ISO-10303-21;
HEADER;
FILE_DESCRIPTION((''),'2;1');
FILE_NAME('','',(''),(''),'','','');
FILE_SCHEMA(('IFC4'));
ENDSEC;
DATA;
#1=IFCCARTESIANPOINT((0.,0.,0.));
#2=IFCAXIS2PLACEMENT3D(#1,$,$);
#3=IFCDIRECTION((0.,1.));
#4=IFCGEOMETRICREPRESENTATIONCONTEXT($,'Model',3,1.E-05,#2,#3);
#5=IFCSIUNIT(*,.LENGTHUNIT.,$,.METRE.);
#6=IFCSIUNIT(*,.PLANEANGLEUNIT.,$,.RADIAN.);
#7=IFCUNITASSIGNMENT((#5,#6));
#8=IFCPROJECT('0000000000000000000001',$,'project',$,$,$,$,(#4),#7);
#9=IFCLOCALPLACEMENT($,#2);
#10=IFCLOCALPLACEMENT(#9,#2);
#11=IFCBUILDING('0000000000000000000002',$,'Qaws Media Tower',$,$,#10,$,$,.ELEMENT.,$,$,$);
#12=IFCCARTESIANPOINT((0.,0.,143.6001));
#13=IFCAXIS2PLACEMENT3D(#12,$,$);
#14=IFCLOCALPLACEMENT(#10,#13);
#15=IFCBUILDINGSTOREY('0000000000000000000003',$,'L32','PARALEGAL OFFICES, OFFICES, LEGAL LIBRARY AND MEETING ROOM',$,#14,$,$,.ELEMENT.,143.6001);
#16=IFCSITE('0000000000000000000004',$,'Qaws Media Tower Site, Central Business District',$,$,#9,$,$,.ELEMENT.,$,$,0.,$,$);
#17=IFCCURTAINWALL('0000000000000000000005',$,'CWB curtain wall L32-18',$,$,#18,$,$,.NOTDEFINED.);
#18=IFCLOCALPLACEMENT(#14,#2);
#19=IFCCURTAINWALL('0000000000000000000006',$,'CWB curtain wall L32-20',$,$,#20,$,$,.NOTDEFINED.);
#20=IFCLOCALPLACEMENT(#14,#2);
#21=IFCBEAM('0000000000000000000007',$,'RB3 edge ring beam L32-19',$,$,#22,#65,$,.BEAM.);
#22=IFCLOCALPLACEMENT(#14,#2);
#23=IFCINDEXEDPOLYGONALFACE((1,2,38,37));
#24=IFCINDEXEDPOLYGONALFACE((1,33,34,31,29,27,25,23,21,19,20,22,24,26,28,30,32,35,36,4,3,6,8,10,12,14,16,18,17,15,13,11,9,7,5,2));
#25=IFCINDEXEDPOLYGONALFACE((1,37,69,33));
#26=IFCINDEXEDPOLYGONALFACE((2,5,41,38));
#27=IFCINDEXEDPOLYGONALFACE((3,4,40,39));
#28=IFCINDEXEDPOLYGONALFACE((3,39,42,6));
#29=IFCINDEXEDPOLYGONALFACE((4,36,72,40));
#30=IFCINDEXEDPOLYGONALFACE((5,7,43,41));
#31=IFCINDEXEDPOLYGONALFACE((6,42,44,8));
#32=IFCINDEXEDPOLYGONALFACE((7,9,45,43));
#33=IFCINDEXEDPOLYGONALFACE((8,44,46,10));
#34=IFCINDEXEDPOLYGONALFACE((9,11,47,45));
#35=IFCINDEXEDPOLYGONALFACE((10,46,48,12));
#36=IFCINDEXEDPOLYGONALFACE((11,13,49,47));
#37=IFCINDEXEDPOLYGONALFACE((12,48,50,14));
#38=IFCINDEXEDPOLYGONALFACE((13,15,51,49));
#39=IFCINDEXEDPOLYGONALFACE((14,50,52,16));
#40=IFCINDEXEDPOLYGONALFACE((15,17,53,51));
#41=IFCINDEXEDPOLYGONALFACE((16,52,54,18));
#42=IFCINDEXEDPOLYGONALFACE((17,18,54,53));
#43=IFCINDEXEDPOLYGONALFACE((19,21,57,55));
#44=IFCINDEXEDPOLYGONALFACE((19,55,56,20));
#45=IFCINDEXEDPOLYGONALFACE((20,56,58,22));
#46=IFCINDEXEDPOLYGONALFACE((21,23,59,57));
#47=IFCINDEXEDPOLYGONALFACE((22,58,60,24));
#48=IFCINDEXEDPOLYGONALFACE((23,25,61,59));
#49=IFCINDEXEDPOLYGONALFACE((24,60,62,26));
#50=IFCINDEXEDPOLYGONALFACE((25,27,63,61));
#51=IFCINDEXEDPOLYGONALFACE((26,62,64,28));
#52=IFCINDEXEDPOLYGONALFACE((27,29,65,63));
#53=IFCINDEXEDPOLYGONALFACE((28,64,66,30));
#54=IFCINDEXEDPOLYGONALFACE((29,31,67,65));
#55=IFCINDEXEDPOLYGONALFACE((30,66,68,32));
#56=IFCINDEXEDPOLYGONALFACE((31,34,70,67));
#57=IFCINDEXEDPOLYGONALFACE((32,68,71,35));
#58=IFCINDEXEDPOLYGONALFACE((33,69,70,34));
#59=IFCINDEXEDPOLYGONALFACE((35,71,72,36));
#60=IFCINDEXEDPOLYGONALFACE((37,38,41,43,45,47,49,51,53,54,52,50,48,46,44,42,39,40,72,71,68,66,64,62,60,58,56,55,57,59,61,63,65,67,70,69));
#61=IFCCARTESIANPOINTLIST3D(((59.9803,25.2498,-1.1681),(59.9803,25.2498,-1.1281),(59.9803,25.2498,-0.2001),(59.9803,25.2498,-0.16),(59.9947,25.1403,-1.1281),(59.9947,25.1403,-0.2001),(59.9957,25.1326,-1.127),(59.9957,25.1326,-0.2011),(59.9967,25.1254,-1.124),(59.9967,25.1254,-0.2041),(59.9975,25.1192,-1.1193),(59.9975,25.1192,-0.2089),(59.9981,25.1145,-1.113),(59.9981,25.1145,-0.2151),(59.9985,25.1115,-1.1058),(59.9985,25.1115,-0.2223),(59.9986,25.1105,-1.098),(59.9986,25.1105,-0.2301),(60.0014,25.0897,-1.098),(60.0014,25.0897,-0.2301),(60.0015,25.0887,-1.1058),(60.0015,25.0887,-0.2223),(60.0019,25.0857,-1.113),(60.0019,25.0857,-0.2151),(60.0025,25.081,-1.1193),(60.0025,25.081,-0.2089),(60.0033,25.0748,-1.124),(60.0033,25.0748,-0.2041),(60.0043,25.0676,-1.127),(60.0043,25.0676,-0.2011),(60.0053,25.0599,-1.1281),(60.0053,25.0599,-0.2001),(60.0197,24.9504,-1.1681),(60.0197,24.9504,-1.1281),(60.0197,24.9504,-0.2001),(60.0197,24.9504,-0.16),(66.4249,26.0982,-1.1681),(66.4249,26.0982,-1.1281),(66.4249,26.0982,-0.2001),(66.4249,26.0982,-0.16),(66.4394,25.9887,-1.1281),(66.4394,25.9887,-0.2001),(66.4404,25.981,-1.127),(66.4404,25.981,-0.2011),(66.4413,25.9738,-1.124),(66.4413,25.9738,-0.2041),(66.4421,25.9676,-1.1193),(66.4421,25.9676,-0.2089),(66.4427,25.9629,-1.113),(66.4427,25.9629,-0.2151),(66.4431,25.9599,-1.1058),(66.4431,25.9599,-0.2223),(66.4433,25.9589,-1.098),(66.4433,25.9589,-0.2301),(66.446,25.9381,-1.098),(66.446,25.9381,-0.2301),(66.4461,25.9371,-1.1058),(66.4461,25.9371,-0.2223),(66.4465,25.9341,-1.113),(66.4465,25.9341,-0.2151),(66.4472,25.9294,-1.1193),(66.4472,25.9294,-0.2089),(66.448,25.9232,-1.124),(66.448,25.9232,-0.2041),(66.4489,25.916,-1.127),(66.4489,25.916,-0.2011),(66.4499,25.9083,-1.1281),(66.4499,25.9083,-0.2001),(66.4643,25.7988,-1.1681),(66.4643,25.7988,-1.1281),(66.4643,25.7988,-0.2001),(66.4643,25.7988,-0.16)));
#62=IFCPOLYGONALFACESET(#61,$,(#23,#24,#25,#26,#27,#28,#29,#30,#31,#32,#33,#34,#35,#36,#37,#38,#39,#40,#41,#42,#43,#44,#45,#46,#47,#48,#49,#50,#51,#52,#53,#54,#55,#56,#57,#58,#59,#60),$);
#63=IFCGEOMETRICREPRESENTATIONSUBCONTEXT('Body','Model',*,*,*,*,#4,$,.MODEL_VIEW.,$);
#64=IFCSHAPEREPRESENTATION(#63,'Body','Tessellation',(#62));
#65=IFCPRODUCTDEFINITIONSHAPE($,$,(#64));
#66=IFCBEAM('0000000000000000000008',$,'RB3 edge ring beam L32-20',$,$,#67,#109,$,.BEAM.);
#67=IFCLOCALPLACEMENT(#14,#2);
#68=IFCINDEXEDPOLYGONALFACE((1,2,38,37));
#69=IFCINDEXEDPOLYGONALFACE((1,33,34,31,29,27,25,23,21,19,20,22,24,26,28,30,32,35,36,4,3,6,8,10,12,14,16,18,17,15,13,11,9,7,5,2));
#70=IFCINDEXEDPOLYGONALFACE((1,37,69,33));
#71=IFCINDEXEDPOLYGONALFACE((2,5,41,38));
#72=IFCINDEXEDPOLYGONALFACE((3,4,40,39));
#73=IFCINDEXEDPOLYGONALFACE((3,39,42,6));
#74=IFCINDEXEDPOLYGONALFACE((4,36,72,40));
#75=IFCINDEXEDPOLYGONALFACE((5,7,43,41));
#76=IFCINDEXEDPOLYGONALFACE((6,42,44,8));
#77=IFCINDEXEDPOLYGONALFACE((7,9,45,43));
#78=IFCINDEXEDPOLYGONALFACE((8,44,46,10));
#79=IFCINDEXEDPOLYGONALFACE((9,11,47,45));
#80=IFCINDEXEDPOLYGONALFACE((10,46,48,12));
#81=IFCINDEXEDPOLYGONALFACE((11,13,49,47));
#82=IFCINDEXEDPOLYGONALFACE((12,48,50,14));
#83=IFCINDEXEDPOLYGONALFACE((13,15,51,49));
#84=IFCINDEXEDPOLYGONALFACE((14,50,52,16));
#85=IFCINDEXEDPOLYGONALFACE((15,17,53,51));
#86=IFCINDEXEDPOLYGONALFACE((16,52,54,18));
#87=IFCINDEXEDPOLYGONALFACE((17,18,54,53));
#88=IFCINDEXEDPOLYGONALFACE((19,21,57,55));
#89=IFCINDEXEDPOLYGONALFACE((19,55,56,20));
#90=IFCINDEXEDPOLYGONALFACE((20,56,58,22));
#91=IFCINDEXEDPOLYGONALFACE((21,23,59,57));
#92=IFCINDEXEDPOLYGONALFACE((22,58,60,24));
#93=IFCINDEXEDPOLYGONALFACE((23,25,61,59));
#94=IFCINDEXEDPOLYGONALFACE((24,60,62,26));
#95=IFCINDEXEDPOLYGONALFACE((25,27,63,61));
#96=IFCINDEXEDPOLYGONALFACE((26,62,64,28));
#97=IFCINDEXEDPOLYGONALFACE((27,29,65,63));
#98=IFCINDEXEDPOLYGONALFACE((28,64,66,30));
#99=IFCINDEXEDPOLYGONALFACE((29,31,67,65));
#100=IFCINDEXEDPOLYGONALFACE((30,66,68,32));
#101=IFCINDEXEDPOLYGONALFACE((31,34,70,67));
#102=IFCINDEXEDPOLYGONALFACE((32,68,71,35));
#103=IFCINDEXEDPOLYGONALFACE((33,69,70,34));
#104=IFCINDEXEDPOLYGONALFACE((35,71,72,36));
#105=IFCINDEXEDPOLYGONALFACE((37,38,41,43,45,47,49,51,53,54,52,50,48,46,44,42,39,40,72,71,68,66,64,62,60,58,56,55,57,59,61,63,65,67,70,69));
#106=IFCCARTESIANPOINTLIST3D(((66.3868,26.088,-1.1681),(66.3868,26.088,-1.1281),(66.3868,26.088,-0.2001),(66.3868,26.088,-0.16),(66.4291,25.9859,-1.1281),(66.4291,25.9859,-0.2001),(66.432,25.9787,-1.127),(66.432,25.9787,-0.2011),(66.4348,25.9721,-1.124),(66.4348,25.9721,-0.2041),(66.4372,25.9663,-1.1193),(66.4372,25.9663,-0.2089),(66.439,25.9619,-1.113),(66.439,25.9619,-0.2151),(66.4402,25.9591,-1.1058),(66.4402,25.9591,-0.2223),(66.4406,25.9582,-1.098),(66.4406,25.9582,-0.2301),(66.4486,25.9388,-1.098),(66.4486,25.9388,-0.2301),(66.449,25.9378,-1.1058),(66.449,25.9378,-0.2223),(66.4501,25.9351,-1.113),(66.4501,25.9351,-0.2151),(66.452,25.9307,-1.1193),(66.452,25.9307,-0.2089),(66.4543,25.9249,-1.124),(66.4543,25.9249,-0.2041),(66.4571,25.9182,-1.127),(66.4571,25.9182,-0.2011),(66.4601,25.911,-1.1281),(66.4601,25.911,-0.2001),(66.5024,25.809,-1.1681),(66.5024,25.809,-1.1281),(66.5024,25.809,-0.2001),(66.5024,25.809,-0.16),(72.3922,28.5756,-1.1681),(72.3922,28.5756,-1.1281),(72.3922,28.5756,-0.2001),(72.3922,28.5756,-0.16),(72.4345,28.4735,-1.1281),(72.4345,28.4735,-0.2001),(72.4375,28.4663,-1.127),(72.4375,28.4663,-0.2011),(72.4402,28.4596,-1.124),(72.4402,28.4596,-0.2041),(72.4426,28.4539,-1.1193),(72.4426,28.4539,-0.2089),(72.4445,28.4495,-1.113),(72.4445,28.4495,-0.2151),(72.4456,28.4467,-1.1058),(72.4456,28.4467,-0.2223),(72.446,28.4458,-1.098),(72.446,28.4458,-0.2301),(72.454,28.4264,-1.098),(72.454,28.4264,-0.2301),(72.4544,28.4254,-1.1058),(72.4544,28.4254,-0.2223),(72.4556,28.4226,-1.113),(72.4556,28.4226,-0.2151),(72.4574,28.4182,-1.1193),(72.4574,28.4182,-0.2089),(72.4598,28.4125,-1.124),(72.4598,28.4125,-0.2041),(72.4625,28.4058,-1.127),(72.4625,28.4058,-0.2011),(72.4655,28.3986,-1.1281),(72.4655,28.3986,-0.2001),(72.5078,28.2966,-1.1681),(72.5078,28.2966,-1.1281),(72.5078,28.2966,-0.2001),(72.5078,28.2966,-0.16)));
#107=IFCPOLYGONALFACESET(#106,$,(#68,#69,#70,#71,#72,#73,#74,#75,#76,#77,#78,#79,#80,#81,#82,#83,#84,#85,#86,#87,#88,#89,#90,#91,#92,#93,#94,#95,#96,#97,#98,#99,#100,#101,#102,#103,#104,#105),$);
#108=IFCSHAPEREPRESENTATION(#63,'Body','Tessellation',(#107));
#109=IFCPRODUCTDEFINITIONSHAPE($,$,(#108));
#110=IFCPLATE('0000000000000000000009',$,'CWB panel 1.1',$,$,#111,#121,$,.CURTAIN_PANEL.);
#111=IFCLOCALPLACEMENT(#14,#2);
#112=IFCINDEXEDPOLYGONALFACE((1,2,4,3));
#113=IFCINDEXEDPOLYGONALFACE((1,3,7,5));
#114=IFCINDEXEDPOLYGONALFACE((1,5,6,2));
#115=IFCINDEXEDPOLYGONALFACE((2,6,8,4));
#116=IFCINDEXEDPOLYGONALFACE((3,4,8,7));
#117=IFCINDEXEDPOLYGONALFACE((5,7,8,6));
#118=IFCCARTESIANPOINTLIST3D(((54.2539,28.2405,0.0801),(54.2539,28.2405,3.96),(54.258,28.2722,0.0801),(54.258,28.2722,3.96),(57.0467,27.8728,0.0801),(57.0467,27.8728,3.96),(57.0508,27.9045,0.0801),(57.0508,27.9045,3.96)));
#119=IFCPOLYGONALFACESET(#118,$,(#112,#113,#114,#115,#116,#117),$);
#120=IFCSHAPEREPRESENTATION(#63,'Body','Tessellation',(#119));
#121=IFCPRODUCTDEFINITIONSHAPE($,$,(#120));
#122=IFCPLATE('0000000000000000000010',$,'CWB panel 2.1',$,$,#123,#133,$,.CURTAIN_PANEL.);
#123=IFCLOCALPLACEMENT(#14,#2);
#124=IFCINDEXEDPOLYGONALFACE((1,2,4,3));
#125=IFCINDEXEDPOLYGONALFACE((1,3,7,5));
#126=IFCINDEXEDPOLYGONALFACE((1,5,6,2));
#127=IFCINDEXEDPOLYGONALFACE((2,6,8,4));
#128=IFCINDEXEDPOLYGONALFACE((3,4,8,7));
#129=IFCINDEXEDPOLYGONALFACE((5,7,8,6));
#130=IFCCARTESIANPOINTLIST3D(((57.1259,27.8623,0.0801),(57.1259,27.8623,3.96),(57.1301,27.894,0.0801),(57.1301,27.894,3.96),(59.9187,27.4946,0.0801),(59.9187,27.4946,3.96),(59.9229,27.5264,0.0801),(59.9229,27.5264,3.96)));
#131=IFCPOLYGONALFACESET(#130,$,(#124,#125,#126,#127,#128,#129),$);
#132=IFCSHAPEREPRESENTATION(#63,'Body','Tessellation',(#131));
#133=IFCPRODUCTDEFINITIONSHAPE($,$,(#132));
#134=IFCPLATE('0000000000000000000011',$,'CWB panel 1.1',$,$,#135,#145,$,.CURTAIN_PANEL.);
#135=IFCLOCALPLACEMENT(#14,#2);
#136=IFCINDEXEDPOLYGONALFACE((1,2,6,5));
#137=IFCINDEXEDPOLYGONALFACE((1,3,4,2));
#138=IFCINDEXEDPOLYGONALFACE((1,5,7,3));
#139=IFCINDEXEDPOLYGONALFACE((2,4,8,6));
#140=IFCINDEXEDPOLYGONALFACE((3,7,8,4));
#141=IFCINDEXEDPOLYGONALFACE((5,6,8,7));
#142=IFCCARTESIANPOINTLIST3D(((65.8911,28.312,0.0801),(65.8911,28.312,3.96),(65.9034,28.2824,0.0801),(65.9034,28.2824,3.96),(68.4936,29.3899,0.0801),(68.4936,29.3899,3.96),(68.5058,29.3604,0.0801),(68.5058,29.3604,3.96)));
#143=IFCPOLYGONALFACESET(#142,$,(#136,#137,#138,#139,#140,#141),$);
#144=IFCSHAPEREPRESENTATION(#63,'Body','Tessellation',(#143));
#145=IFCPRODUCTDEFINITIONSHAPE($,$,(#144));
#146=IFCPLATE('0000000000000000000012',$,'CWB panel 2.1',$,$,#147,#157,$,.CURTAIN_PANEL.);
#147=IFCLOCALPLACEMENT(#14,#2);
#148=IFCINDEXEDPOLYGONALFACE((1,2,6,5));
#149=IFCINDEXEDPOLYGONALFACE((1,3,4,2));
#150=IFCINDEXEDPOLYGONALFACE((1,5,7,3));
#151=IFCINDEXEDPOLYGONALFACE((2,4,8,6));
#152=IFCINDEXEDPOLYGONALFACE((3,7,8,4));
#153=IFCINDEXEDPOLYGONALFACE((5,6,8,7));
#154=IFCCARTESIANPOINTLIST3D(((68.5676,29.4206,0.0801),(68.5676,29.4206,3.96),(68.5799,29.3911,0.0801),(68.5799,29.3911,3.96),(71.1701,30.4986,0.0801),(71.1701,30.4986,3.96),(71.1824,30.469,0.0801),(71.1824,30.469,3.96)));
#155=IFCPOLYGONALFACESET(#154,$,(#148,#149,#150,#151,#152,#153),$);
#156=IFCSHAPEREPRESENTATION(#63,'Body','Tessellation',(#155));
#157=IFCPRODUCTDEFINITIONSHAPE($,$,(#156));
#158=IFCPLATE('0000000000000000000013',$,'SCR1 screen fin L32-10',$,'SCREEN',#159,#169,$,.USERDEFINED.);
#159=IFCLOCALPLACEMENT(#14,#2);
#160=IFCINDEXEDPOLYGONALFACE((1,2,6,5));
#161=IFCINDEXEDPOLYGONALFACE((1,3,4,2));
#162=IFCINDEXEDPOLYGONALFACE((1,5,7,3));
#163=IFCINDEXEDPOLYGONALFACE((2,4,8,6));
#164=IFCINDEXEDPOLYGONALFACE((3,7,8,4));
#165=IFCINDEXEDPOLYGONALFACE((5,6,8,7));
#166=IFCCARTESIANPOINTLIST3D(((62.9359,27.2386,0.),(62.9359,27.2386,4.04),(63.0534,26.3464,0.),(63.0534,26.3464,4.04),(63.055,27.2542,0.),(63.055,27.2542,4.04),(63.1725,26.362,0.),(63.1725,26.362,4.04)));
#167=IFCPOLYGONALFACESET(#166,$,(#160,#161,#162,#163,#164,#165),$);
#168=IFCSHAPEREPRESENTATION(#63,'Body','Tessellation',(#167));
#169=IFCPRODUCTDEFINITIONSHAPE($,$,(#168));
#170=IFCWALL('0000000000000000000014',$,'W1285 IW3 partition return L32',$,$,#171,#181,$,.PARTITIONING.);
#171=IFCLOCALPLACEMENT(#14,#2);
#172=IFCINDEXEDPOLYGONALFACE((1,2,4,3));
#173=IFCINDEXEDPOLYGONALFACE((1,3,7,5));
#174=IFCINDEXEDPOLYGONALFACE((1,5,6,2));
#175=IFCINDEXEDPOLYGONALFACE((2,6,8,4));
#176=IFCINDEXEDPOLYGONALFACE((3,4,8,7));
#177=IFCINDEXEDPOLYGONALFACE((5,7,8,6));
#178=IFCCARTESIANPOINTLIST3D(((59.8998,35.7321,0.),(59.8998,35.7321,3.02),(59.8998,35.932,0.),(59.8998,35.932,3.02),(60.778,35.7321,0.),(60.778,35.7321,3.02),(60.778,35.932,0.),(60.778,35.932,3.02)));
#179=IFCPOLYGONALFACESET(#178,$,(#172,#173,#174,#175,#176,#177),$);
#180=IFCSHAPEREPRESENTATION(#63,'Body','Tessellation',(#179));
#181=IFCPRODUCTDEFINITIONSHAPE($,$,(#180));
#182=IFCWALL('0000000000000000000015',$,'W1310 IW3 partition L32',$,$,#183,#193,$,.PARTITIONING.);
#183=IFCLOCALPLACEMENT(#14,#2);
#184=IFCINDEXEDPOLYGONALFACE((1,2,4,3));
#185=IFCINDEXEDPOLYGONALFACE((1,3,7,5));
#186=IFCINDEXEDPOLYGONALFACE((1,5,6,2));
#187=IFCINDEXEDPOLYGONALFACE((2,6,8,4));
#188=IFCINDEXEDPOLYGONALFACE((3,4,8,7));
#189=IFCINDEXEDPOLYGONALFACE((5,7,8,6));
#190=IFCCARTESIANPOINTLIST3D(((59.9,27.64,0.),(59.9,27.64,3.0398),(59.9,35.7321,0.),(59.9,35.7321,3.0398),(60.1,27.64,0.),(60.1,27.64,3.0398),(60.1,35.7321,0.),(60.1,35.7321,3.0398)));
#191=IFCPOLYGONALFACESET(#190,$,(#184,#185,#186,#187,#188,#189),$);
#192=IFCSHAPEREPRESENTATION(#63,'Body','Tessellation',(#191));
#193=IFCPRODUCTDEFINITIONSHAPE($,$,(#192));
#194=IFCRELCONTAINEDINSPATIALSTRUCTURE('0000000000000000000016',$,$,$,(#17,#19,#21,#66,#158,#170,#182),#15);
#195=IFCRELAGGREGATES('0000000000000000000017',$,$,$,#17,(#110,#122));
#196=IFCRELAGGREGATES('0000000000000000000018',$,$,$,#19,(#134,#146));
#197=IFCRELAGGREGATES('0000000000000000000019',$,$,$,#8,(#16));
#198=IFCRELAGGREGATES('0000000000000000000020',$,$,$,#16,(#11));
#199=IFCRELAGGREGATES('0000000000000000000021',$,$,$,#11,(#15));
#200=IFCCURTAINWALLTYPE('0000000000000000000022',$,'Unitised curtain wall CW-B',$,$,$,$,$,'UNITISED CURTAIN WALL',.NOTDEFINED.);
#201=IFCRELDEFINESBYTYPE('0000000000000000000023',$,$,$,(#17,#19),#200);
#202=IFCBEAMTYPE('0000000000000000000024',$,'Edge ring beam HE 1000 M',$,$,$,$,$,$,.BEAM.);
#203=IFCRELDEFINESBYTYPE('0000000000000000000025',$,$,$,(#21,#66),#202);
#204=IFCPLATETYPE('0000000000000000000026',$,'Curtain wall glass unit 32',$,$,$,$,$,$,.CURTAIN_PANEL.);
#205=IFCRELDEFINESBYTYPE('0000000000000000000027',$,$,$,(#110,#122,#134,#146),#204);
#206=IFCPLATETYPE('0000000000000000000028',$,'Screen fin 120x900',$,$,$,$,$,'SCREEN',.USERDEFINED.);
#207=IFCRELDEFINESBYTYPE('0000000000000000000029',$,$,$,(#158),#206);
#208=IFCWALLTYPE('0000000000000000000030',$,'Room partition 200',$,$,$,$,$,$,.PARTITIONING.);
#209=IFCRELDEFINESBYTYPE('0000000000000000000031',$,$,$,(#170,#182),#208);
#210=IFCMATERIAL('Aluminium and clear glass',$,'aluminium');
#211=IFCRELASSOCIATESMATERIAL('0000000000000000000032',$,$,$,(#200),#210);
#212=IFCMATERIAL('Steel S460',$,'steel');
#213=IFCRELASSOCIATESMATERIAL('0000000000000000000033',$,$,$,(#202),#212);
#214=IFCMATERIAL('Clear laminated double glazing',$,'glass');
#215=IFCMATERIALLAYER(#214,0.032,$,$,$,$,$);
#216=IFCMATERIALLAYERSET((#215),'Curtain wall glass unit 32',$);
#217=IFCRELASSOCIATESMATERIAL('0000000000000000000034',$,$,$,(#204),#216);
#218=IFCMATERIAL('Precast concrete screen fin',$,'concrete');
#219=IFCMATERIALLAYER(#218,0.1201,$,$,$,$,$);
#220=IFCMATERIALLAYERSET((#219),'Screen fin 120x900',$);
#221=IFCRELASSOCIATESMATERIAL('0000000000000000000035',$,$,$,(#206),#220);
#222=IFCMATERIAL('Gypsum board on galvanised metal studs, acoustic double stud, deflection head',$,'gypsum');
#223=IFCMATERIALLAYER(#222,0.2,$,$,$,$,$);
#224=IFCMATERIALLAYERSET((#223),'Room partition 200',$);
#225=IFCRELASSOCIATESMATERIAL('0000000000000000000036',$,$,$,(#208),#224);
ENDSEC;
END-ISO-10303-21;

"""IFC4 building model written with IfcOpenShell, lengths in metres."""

from ifc_helpers import new_model, si_unit, direction, frame, frame_2d, origin, origin_2d, place, context, subcontext, project, spatial, rectangle, i_section, extrude, material, layer, layer_set, material_profile, profile_set, type_object, element, aggregate, save


model = new_model("IFC4")

# Units and contexts
model_context = context("Model", 3, precision=1e-05, world=origin(), true_north=direction((0.0, 1.0)))
body_context = subcontext(model_context, "Body", "Model", "MODEL_VIEW")
ifc_project = project(units=[si_unit("LENGTHUNIT", "METRE"), si_unit("PLANEANGLEUNIT", "RADIAN")], contexts=[model_context])

# Site, building, storey
site_placement = place(None, origin())
site = spatial("IfcSite", under=ifc_project, at=site_placement, Name="Qaws Media Tower Site, Central Business District", CompositionType="ELEMENT", RefElevation=0.0)
building_placement = place(site_placement, origin())
building = spatial("IfcBuilding", under=site, at=building_placement, Name="Qaws Media Tower", CompositionType="ELEMENT")
storey_placement = place(building_placement, frame((0.0, 0.0, 143.6001)))
storey = spatial("IfcBuildingStorey", under=building, at=storey_placement, Name="L32", Description="PARALEGAL OFFICES, OFFICES, LEGAL LIBRARY AND MEETING ROOM", CompositionType="ELEMENT", Elevation=143.6001)

# Curtain walls
ifc_material_1 = material(Name="Aluminium and clear glass", Category="aluminium")
curtain_wall_type = type_object("IfcCurtainWallType", Name="Unitised curtain wall CW-B", ElementType="UNITISED CURTAIN WALL", PredefinedType="NOTDEFINED", material=ifc_material_1)
curtain_wall_1_placement = place(storey_placement, origin())
curtain_wall_1 = element("IfcCurtainWall", 1, at=curtain_wall_1_placement, inside=storey, type_object=curtain_wall_type, Name="CWB curtain wall L32-18", PredefinedType="NOTDEFINED")
curtain_wall_2_placement = place(storey_placement, origin())
curtain_wall_2 = element("IfcCurtainWall", 2, at=curtain_wall_2_placement, inside=storey, type_object=curtain_wall_type, Name="CWB curtain wall L32-20", PredefinedType="NOTDEFINED")

# Beams
ifc_material_2 = material(Name="Steel S460", Category="steel")
ifc_material_profile_1 = material_profile(ifc_material_2, i_section(OverallWidth=0.302, OverallDepth=1.0081, WebThickness=0.021, FlangeThickness=0.04, FilletRadius=0.03, at=origin_2d()), Name="HE 1000 M")
ifc_profile_set_1 = profile_set([ifc_material_profile_1], Name="Steel S460")
beam_type = type_object("IfcBeamType", Name="Edge ring beam HE 1000 M", PredefinedType="BEAM", material=ifc_profile_set_1)
for number, where, z_axis, x_axis, name in (
    (3, (60.0, 25.1001, -0.6641), (0.991446, 0.130518, 0.0), (-0.130518, 0.991446, 0.0), "RB3 edge ring beam L32-19"),
    (4, (66.4446, 25.9485, -0.6641), (0.923877, 0.382689, 0.0), (-0.382689, 0.923877, 0.0), "RB3 edge ring beam L32-20"),
):
    element("IfcBeam", number, at=place(storey_placement, frame(where, z_axis=z_axis, x_axis=x_axis)), inside=storey, type_object=beam_type, Name=name, PredefinedType="BEAM", context=body_context, shape_type="SweptSolid", body=[
        extrude(i_section(OverallWidth=0.302, OverallDepth=1.0081, WebThickness=0.021, FlangeThickness=0.04, FilletRadius=0.03, at=origin_2d()), origin(), (0.0, 0.0, 1.0), 6.5002),
    ])

# Plates
ifc_material_3 = material(Name="Clear laminated double glazing", Category="glass")
ifc_layer_1 = layer(ifc_material_3, 0.032)
ifc_layer_set_1 = layer_set([ifc_layer_1], Name="Curtain wall glass unit 32")
plate_type_1 = type_object("IfcPlateType", Name="Curtain wall glass unit 32", PredefinedType="CURTAIN_PANEL", material=ifc_layer_set_1)
plate_1_placement = place(storey_placement, frame((55.6523, 28.0725, 0.0801), z_axis=(0.0, 0.0, 1.0), x_axis=(0.991445, -0.130526, 0.0)))
plate_1 = element("IfcPlate", 5, at=plate_1_placement, type_object=plate_type_1, Name="CWB panel 1.1", PredefinedType="CURTAIN_PANEL", context=body_context, shape_type="SweptSolid", body=[
    extrude(rectangle(XDim=2.8169, YDim=0.032, at=origin_2d()), origin(), (0.0, 0.0, 1.0), 3.8799),
])
plate_2_placement = place(storey_placement, frame((58.5244, 27.6943, 0.0801), z_axis=(0.0, 0.0, 1.0), x_axis=(0.991445, -0.130526, 0.0)))
plate_2 = element("IfcPlate", 6, at=plate_2_placement, type_object=plate_type_1, Name="CWB panel 2.1", PredefinedType="CURTAIN_PANEL", context=body_context, shape_type="SweptSolid", body=[
    extrude(rectangle(XDim=2.8169, YDim=0.032, at=origin_2d()), origin(), (0.0, 0.0, 1.0), 3.8799),
])
aggregate(curtain_wall_1, [plate_1, plate_2])
plate_3_placement = place(storey_placement, frame((67.1985, 28.8362, 0.0801), z_axis=(0.0, 0.0, 1.0), x_axis=(0.92388, 0.382683, 0.0)))
plate_3 = element("IfcPlate", 7, at=plate_3_placement, type_object=plate_type_1, Name="CWB panel 1.1", PredefinedType="CURTAIN_PANEL", context=body_context, shape_type="SweptSolid", body=[
    extrude(rectangle(XDim=2.8169, YDim=0.032, at=origin_2d()), origin(), (0.0, 0.0, 1.0), 3.8799),
])
plate_4_placement = place(storey_placement, frame((69.875, 29.9448, 0.0801), z_axis=(0.0, 0.0, 1.0), x_axis=(0.92388, 0.382683, 0.0)))
plate_4 = element("IfcPlate", 8, at=plate_4_placement, type_object=plate_type_1, Name="CWB panel 2.1", PredefinedType="CURTAIN_PANEL", context=body_context, shape_type="SweptSolid", body=[
    extrude(rectangle(XDim=2.8169, YDim=0.032, at=origin_2d()), origin(), (0.0, 0.0, 1.0), 3.8799),
])
aggregate(curtain_wall_2, [plate_3, plate_4])
ifc_material_4 = material(Name="Precast concrete screen fin", Category="concrete")
ifc_layer_2 = layer(ifc_material_4, 0.1201)
ifc_layer_set_2 = layer_set([ifc_layer_2], Name="Screen fin 120x900")
plate_type_2 = type_object("IfcPlateType", Name="Screen fin 120x900", ElementType="SCREEN", PredefinedType="USERDEFINED", material=ifc_layer_set_2)
plate_5_placement = place(storey_placement, frame((63.0542, 26.8003, 0.0), z_axis=(0.0, 0.0, 1.0), x_axis=(0.130526, -0.991445, 0.0)))
element("IfcPlate", 9, at=plate_5_placement, inside=storey, type_object=plate_type_2, Name="SCR1 screen fin L32-10", ObjectType="SCREEN", PredefinedType="USERDEFINED", context=body_context, shape_type="SweptSolid", body=[
    extrude(rectangle(XDim=0.8999, YDim=0.1201, at=origin_2d()), origin(), (0.0, 0.0, 1.0), 4.04),
])

# Walls
ifc_material_5 = material(Name="Gypsum board on galvanised metal studs, acoustic double stud, deflection head", Category="gypsum")
ifc_layer_3 = layer(ifc_material_5, 0.2)
ifc_layer_set_3 = layer_set([ifc_layer_3], Name="Room partition 200")
wall_type_1 = type_object("IfcWallType", Name="Room partition 200", PredefinedType="PARTITIONING", material=ifc_layer_set_3)
wall_1_placement = place(storey_placement, frame((59.8999, 35.832, 0.0), z_axis=(0.0, 0.0, 1.0), x_axis=(1.0, 0.0, 0.0)))
element("IfcWall", 10, at=wall_1_placement, inside=storey, type_object=wall_type_1, Name="W1285 IW3 partition return L32", PredefinedType="PARTITIONING", context=body_context, shape_type="SweptSolid", body=[
    extrude(rectangle(XDim=0.8782, YDim=0.2, at=frame_2d((0.439, 0.0))), origin(), (0.0, 0.0, 1.0), 3.02),
])
wall_2_placement = place(storey_placement, frame((60.0, 35.7319, 0.0), z_axis=(0.0, 0.0, 1.0), x_axis=(0.0, -1.0, 0.0)))
element("IfcWall", 11, at=wall_2_placement, inside=storey, type_object=wall_type_1, Name="W1310 IW3 partition L32", PredefinedType="PARTITIONING", context=body_context, shape_type="SweptSolid", body=[
    extrude(rectangle(XDim=8.092, YDim=0.2, at=frame_2d((4.0459, 0.0))), origin(), (0.0, 0.0, 1.0), 3.0398),
])

save(model, "model.ifc")
